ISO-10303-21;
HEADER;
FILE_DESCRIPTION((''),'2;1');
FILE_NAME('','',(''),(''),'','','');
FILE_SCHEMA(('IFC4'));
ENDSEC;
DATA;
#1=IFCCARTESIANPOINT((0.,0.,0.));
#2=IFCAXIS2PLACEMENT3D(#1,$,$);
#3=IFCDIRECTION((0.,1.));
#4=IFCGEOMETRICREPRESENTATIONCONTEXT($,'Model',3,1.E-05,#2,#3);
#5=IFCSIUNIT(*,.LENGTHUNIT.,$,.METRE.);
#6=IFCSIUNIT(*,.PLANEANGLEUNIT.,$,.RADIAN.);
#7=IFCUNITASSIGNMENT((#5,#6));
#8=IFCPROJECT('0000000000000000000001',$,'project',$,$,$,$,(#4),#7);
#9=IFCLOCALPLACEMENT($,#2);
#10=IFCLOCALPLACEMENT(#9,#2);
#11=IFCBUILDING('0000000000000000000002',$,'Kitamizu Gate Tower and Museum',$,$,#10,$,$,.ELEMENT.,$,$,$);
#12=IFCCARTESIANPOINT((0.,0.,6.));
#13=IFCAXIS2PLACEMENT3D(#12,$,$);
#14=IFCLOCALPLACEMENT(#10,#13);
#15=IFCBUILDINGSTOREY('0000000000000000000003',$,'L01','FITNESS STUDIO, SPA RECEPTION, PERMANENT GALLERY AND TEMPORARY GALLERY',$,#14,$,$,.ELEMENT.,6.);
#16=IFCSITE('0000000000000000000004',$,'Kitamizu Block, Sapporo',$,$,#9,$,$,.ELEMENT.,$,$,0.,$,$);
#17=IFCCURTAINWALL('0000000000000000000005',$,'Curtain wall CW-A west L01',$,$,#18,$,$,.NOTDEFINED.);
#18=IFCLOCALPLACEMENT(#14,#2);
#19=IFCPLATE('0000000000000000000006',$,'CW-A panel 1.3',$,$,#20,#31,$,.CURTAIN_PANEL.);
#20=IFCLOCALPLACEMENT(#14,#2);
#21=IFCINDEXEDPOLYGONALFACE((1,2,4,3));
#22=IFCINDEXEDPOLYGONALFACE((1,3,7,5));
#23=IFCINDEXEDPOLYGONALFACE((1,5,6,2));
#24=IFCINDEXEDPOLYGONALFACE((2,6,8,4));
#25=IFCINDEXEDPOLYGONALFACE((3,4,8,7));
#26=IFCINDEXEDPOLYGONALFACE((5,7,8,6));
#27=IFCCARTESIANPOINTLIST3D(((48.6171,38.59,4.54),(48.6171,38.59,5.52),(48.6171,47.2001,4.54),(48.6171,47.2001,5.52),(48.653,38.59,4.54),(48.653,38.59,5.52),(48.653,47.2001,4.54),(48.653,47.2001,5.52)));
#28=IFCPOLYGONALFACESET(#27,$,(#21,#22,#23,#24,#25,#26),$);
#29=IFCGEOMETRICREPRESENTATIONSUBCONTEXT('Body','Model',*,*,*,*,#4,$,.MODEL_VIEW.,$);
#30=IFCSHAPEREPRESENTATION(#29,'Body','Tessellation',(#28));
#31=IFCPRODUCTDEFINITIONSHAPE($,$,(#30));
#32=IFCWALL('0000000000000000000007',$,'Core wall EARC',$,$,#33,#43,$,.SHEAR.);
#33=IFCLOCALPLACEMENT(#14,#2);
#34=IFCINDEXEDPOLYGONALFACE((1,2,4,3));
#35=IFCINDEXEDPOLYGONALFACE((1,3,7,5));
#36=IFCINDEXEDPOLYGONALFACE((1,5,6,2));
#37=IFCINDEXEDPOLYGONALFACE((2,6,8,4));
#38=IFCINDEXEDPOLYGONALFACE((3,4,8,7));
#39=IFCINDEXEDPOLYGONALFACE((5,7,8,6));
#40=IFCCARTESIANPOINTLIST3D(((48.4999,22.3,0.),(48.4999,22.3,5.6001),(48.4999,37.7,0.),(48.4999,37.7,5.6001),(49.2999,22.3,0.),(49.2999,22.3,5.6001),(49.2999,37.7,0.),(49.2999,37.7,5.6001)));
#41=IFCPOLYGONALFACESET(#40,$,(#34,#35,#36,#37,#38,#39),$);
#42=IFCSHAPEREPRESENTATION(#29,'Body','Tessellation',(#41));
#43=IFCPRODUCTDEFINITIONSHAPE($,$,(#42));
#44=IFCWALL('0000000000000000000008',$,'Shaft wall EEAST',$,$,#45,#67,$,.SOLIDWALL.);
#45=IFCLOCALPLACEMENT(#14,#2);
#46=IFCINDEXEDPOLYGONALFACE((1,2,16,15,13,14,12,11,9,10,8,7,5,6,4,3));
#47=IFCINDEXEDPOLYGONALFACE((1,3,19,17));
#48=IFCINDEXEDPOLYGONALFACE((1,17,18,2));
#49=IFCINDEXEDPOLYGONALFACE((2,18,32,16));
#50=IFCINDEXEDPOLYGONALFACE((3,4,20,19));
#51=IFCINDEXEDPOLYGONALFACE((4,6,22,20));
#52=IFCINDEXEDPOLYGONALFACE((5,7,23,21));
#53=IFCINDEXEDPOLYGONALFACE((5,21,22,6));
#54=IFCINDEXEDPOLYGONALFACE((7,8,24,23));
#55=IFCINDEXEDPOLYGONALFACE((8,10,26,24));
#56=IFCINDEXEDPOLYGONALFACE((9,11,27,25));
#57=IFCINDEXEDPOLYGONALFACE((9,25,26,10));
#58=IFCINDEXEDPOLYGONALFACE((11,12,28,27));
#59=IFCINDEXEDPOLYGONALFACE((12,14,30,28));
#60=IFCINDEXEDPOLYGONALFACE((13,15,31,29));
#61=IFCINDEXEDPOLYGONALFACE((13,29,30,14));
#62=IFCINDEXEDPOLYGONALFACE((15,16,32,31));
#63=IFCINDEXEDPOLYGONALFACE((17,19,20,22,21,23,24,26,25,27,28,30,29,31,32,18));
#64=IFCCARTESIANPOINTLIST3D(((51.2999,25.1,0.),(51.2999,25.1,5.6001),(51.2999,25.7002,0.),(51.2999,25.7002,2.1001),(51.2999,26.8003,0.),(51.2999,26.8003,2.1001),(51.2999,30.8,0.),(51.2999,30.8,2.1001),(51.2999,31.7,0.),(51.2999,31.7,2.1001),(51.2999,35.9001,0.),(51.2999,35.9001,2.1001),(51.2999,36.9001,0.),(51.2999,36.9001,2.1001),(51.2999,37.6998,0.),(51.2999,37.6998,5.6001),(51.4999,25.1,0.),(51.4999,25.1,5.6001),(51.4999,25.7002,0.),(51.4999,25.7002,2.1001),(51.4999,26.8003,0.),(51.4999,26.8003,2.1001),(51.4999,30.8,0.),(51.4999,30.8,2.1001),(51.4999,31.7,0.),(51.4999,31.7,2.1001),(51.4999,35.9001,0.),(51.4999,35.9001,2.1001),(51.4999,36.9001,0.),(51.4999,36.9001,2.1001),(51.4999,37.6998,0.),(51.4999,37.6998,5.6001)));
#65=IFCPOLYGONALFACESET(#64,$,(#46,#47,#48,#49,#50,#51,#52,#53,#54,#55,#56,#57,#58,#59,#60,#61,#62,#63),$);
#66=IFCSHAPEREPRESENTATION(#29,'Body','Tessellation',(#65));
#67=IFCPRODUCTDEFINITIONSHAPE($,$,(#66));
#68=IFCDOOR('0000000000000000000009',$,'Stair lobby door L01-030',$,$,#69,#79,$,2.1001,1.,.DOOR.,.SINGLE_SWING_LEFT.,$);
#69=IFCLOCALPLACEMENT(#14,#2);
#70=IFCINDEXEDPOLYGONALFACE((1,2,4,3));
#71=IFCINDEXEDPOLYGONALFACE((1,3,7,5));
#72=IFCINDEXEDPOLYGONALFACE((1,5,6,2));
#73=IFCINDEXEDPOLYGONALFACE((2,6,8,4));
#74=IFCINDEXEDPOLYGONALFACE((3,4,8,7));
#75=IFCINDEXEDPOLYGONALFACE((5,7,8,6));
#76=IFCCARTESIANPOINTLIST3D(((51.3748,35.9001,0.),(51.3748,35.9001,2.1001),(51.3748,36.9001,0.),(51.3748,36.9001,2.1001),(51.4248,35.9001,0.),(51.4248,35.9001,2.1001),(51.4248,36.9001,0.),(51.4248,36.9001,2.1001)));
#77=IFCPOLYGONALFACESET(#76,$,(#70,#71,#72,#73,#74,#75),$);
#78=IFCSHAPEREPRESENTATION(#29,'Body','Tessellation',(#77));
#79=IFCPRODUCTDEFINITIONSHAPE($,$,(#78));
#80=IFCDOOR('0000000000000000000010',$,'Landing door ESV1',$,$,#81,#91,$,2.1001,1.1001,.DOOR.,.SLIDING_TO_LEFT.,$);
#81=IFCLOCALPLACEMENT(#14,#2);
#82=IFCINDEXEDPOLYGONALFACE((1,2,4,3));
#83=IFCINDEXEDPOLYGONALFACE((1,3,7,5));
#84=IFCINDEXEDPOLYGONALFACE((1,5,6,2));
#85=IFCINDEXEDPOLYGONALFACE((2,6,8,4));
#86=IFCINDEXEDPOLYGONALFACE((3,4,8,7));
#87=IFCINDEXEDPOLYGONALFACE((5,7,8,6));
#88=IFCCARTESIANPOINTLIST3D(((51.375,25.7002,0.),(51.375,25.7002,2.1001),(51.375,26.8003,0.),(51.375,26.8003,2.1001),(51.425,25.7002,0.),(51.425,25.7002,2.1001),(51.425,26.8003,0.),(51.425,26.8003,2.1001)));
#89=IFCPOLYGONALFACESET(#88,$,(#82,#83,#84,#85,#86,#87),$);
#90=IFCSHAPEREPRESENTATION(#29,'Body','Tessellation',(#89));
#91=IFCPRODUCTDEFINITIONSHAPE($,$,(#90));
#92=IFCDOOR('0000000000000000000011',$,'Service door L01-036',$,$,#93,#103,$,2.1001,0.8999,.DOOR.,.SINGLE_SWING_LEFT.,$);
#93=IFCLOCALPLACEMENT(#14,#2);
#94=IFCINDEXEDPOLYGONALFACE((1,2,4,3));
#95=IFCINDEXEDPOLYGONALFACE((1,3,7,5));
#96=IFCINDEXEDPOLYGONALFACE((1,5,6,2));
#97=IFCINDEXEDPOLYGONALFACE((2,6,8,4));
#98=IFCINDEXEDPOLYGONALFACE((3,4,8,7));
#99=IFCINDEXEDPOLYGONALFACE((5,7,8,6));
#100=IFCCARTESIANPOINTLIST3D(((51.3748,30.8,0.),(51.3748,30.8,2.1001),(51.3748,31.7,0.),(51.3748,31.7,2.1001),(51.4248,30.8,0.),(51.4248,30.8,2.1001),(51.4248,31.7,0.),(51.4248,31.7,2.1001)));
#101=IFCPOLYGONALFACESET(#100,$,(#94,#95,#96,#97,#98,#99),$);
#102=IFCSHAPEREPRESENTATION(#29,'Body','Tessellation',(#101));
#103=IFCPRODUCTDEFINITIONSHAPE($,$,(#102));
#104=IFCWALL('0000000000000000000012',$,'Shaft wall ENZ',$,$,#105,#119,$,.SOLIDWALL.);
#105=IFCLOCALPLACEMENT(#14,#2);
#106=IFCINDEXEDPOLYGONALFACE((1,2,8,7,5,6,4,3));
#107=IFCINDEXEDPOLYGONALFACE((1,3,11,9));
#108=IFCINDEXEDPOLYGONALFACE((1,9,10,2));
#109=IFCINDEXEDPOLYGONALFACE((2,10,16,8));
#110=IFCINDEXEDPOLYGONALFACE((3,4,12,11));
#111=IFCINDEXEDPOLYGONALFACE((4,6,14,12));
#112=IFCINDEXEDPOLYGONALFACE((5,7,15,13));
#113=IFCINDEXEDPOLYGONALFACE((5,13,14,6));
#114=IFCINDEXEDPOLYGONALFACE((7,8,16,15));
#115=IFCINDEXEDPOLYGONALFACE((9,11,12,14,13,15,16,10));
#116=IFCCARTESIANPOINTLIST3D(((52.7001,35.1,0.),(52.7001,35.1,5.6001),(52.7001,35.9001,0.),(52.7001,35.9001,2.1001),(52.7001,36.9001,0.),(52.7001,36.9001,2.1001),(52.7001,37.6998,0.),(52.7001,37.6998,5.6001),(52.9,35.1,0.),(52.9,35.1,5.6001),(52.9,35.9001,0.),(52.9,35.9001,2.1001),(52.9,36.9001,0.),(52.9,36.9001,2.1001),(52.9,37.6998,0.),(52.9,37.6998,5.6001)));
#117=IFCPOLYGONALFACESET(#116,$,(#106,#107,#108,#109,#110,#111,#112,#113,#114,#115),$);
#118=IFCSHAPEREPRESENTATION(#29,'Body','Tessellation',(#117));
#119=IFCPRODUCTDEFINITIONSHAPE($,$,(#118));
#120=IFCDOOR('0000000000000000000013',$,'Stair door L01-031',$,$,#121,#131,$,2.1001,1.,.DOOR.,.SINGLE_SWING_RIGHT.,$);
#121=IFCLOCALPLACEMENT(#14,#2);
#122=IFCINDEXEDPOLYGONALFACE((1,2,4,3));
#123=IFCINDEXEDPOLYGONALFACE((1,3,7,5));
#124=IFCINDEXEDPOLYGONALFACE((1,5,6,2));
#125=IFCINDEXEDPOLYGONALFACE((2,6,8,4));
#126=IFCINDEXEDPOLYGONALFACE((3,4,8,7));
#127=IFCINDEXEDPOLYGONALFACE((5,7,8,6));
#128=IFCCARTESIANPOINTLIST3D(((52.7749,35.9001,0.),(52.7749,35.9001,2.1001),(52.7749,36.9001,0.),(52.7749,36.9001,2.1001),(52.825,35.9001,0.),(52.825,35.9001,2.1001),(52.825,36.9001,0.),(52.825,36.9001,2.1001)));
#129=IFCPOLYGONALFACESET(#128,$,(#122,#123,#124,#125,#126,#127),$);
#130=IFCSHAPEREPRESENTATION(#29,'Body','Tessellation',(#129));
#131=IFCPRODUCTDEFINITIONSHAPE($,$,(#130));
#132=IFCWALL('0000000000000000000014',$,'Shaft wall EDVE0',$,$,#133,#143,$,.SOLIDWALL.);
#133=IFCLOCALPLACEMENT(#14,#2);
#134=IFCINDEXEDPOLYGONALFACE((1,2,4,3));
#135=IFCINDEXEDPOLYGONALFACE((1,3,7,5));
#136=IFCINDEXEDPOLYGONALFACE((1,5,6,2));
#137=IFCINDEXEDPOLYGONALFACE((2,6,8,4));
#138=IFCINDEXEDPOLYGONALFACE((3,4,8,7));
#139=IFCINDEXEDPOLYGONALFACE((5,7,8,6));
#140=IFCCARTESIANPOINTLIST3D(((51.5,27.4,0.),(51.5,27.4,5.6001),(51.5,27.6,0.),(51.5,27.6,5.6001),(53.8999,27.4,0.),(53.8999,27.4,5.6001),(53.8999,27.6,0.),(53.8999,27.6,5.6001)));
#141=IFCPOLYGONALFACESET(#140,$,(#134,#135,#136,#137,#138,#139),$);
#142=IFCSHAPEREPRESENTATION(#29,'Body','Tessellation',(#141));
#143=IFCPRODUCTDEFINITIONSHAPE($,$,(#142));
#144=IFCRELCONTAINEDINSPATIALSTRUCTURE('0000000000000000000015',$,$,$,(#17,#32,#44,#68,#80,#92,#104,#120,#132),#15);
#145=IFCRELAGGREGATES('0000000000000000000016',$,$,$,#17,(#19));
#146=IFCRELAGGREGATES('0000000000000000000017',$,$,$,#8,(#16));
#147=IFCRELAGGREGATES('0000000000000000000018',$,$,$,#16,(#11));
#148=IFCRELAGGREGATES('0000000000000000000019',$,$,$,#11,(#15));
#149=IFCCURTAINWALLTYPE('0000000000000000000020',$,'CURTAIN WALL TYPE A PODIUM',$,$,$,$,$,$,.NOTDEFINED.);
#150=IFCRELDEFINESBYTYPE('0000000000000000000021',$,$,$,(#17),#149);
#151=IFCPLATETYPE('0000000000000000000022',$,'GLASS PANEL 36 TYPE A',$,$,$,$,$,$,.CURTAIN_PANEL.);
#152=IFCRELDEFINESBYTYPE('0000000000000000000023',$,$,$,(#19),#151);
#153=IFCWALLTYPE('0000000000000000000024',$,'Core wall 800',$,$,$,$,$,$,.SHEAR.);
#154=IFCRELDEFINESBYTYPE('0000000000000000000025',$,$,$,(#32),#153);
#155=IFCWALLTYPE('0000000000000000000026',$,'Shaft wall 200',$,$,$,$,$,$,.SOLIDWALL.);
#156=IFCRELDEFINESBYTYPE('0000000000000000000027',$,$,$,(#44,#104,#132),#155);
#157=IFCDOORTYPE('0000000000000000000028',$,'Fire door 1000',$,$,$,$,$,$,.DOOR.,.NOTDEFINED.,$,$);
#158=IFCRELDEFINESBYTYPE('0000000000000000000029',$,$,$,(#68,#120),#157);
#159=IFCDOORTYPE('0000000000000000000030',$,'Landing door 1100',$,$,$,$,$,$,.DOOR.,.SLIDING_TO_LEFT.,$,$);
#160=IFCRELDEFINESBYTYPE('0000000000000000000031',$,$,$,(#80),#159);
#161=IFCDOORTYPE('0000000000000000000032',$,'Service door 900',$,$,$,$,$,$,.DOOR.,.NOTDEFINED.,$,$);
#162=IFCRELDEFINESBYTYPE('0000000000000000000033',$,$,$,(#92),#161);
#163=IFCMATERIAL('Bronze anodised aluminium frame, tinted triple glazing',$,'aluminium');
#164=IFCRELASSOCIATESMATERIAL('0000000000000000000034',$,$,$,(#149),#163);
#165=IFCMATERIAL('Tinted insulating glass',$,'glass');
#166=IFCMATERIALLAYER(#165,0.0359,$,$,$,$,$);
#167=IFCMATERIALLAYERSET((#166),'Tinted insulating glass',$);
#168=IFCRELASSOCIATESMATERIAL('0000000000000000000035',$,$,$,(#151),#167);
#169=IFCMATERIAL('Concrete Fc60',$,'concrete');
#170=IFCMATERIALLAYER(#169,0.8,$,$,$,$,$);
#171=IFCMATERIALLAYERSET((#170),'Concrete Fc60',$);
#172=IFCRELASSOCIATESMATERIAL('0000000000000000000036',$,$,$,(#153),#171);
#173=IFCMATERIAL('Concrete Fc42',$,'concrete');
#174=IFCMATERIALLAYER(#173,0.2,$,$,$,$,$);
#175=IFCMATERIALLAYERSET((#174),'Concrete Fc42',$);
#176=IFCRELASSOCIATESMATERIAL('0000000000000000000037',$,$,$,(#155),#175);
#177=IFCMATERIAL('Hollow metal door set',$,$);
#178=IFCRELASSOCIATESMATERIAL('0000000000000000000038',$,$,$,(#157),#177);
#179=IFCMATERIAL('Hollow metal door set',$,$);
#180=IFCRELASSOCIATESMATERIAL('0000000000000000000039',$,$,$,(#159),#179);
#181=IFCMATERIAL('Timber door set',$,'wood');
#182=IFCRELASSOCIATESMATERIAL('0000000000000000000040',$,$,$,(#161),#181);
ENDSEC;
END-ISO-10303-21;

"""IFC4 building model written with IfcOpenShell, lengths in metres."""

from ifc_helpers import new_model, si_unit, direction, frame, frame_2d, origin, origin_2d, place, context, subcontext, project, spatial, rectangle, extrude, material, layer, layer_set, type_object, element, fill, aggregate, save


model = new_model("IFC4")

# Units and contexts
model_context = context("Model", 3, precision=1e-05, world=origin(), true_north=direction((0.0, 1.0)))
body_context = subcontext(model_context, "Body", "Model", "MODEL_VIEW")
ifc_project = project(units=[si_unit("LENGTHUNIT", "METRE"), si_unit("PLANEANGLEUNIT", "RADIAN")], contexts=[model_context])

# Site, building, storey
site_placement = place(None, origin())
site = spatial("IfcSite", under=ifc_project, at=site_placement, Name="Kitamizu Block, Sapporo", CompositionType="ELEMENT", RefElevation=0.0)
building_placement = place(site_placement, origin())
building = spatial("IfcBuilding", under=site, at=building_placement, Name="Kitamizu Gate Tower and Museum", CompositionType="ELEMENT")
storey_placement = place(building_placement, frame((0.0, 0.0, 6.0)))
storey = spatial("IfcBuildingStorey", under=building, at=storey_placement, Name="L01", Description="FITNESS STUDIO, SPA RECEPTION, PERMANENT GALLERY AND TEMPORARY GALLERY", CompositionType="ELEMENT", Elevation=6.0)

# Curtain wall
ifc_material_1 = material(Name="Bronze anodised aluminium frame, tinted triple glazing", Category="aluminium")
curtain_wall_type_1 = type_object("IfcCurtainWallType", Name="CURTAIN WALL TYPE A PODIUM", PredefinedType="NOTDEFINED", material=ifc_material_1)
curtain_wall_1_placement = place(storey_placement, origin())
curtain_wall_1 = element("IfcCurtainWall", 1, at=curtain_wall_1_placement, inside=storey, type_object=curtain_wall_type_1, Name="Curtain wall CW-A west L01", PredefinedType="NOTDEFINED")

# Plate
ifc_material_2 = material(Name="Tinted insulating glass", Category="glass")
ifc_layer_1 = layer(ifc_material_2, 0.0359)
ifc_layer_set_1 = layer_set([ifc_layer_1], Name="Tinted insulating glass")
plate_type_1 = type_object("IfcPlateType", Name="GLASS PANEL 36 TYPE A", PredefinedType="CURTAIN_PANEL", material=ifc_layer_set_1)
plate_1_placement = place(storey_placement, frame((48.635, 42.895, 4.54), z_axis=(0.0, 0.0, 1.0), x_axis=(0.0, 1.0, 0.0)))
plate_1 = element("IfcPlate", 2, at=plate_1_placement, type_object=plate_type_1, Name="CW-A panel 1.3", PredefinedType="CURTAIN_PANEL", context=body_context, shape_type="SweptSolid", body=[
    extrude(rectangle(XDim=8.6101, YDim=0.0359, at=origin_2d()), origin(), (0.0, 0.0, 1.0), 0.98),
])
aggregate(curtain_wall_1, [plate_1])

# Wall
ifc_material_3 = material(Name="Concrete Fc60", Category="concrete")
ifc_layer_2 = layer(ifc_material_3, 0.8)
ifc_layer_set_2 = layer_set([ifc_layer_2], Name="Concrete Fc60")
wall_type_1 = type_object("IfcWallType", Name="Core wall 800", PredefinedType="SHEAR", material=ifc_layer_set_2)
wall_1_placement = place(storey_placement, frame((48.8999, 22.3, 0.0), z_axis=(0.0, 0.0, 1.0), x_axis=(0.0, 1.0, 0.0)))
element("IfcWall", 3, at=wall_1_placement, inside=storey, type_object=wall_type_1, Name="Core wall EARC", PredefinedType="SHEAR", context=body_context, shape_type="SweptSolid", body=[
    extrude(rectangle(XDim=15.3999, YDim=0.8, at=frame_2d((7.7, 0.0))), origin(), (0.0, 0.0, 1.0), 5.6001),
])

# Wall, openings, doors
ifc_material_4 = material(Name="Concrete Fc42", Category="concrete")
ifc_layer_3 = layer(ifc_material_4, 0.2)
ifc_layer_set_3 = layer_set([ifc_layer_3], Name="Concrete Fc42")
wall_type_2 = type_object("IfcWallType", Name="Shaft wall 200", PredefinedType="SOLIDWALL", material=ifc_layer_set_3)
wall_2_placement = place(storey_placement, frame((51.3999, 25.1001, 0.0), z_axis=(0.0, 0.0, 1.0), x_axis=(0.0, 1.0, 0.0)))
wall_2 = element("IfcWall", 4, at=wall_2_placement, inside=storey, type_object=wall_type_2, Name="Shaft wall EEAST", PredefinedType="SOLIDWALL", context=body_context, shape_type="SweptSolid", body=[
    extrude(rectangle(XDim=12.5999, YDim=0.2, at=frame_2d((6.2998, 0.0))), origin(), (0.0, 0.0, 1.0), 5.6001),
])
opening_1_placement = place(wall_2_placement, frame((0.6001, 0.0, 0.0)))
opening_1 = element("IfcOpeningElement", 5, at=opening_1_placement, cuts=wall_2, PredefinedType="OPENING", context=body_context, shape_type="SweptSolid", body=[
    extrude(rectangle(XDim=1.1001, YDim=2.1001, at=frame_2d((0.55, 1.05))), frame((0.0, 0.1099, 0.0), z_axis=(0.0, -1.0, 0.0), x_axis=(1.0, 0.0, 0.0)), (0.0, 0.0, 1.0), 0.22),
])
opening_2_placement = place(wall_2_placement, frame((10.8, 0.0, 0.0)))
opening_2 = element("IfcOpeningElement", 6, at=opening_2_placement, cuts=wall_2, PredefinedType="OPENING", context=body_context, shape_type="SweptSolid", body=[
    extrude(rectangle(XDim=1.0, YDim=2.1001, at=frame_2d((0.5, 1.05))), frame((0.0, 0.1099, 0.0), z_axis=(0.0, -1.0, 0.0), x_axis=(1.0, 0.0, 0.0)), (0.0, 0.0, 1.0), 0.22),
])
opening_3_placement = place(wall_2_placement, frame((5.7, 0.0, 0.0)))
opening_3 = element("IfcOpeningElement", 7, at=opening_3_placement, cuts=wall_2, PredefinedType="OPENING", context=body_context, shape_type="SweptSolid", body=[
    extrude(rectangle(XDim=0.8999, YDim=2.1001, at=frame_2d((0.45, 1.05))), frame((0.0, 0.1099, 0.0), z_axis=(0.0, -1.0, 0.0), x_axis=(1.0, 0.0, 0.0)), (0.0, 0.0, 1.0), 0.22),
])
ifc_material_5 = material(Name="Hollow metal door set")
door_type_1 = type_object("IfcDoorType", Name="Fire door 1000", OperationType="NOTDEFINED", PredefinedType="DOOR", material=ifc_material_5)
door_1_placement = place(opening_2_placement, frame((1.0, 0.0, 0.0), x_axis=(-1.0, 0.0, 0.0)))
door_1 = element("IfcDoor", 8, at=door_1_placement, inside=storey, type_object=door_type_1, Name="Stair lobby door L01-030", OperationType="SINGLE_SWING_LEFT", OverallHeight=2.1001, OverallWidth=1.0, PredefinedType="DOOR", context=body_context, shape_type="SweptSolid", body=[
    extrude(rectangle(XDim=1.0, YDim=2.1001, at=frame_2d((0.5, 1.05))), frame((0.0, 0.0249, 0.0), z_axis=(0.0, -1.0, 0.0), x_axis=(1.0, 0.0, 0.0)), (0.0, 0.0, 1.0), 0.05),
])
fill(opening_2, door_1)
ifc_material_6 = material(Name="Hollow metal door set")
door_type_2 = type_object("IfcDoorType", Name="Landing door 1100", OperationType="SLIDING_TO_LEFT", PredefinedType="DOOR", material=ifc_material_6)
door_2_placement = place(opening_1_placement, origin())
door_2 = element("IfcDoor", 9, at=door_2_placement, inside=storey, type_object=door_type_2, Name="Landing door ESV1", OperationType="SLIDING_TO_LEFT", OverallHeight=2.1001, OverallWidth=1.1001, PredefinedType="DOOR", context=body_context, shape_type="SweptSolid", body=[
    extrude(rectangle(XDim=1.1001, YDim=2.1001, at=frame_2d((0.55, 1.05))), frame((0.0, 0.0249, 0.0), z_axis=(0.0, -1.0, 0.0), x_axis=(1.0, 0.0, 0.0)), (0.0, 0.0, 1.0), 0.05),
])
fill(opening_1, door_2)
ifc_material_7 = material(Name="Timber door set", Category="wood")
door_type_3 = type_object("IfcDoorType", Name="Service door 900", OperationType="NOTDEFINED", PredefinedType="DOOR", material=ifc_material_7)
door_3_placement = place(opening_3_placement, frame((0.8999, 0.0, 0.0), x_axis=(-1.0, 0.0, 0.0)))
door_3 = element("IfcDoor", 10, at=door_3_placement, inside=storey, type_object=door_type_3, Name="Service door L01-036", OperationType="SINGLE_SWING_LEFT", OverallHeight=2.1001, OverallWidth=0.8999, PredefinedType="DOOR", context=body_context, shape_type="SweptSolid", body=[
    extrude(rectangle(XDim=0.8999, YDim=2.1001, at=frame_2d((0.45, 1.05))), frame((0.0, 0.0249, 0.0), z_axis=(0.0, -1.0, 0.0), x_axis=(1.0, 0.0, 0.0)), (0.0, 0.0, 1.0), 0.05),
])
fill(opening_3, door_3)

# Wall, opening, door
wall_3_placement = place(storey_placement, frame((52.8, 35.1001, 0.0), z_axis=(0.0, 0.0, 1.0), x_axis=(0.0, 1.0, 0.0)))
wall_3 = element("IfcWall", 11, at=wall_3_placement, inside=storey, type_object=wall_type_2, Name="Shaft wall ENZ", PredefinedType="SOLIDWALL", context=body_context, shape_type="SweptSolid", body=[
    extrude(rectangle(XDim=2.5999, YDim=0.2, at=frame_2d((1.2998, 0.0))), origin(), (0.0, 0.0, 1.0), 5.6001),
])
opening_4_placement = place(wall_3_placement, frame((0.8, 0.0, 0.0)))
opening_4 = element("IfcOpeningElement", 12, at=opening_4_placement, cuts=wall_3, PredefinedType="OPENING", context=body_context, shape_type="SweptSolid", body=[
    extrude(rectangle(XDim=1.0, YDim=2.1001, at=frame_2d((0.5, 1.05))), frame((0.0, 0.1099, 0.0), z_axis=(0.0, -1.0, 0.0), x_axis=(1.0, 0.0, 0.0)), (0.0, 0.0, 1.0), 0.22),
])
door_4_placement = place(opening_4_placement, frame((1.0, 0.0, 0.0), x_axis=(-1.0, 0.0, 0.0)))
door_4 = element("IfcDoor", 13, at=door_4_placement, inside=storey, type_object=door_type_1, Name="Stair door L01-031", OperationType="SINGLE_SWING_RIGHT", OverallHeight=2.1001, OverallWidth=1.0, PredefinedType="DOOR", context=body_context, shape_type="SweptSolid", body=[
    extrude(rectangle(XDim=1.0, YDim=2.1001, at=frame_2d((0.5, 1.05))), frame((0.0, 0.0249, 0.0), z_axis=(0.0, -1.0, 0.0), x_axis=(1.0, 0.0, 0.0)), (0.0, 0.0, 1.0), 0.05),
])
fill(opening_4, door_4)

# Wall
wall_4_placement = place(storey_placement, frame((53.8999, 27.5, 0.0), z_axis=(0.0, 0.0, 1.0), x_axis=(-1.0, 0.0, 0.0)))
element("IfcWall", 14, at=wall_4_placement, inside=storey, type_object=wall_type_2, Name="Shaft wall EDVE0", PredefinedType="SOLIDWALL", context=body_context, shape_type="SweptSolid", body=[
    extrude(rectangle(XDim=2.3999, YDim=0.2, at=frame_2d((1.2, 0.0))), origin(), (0.0, 0.0, 1.0), 5.6001),
])

save(model, "model.ifc")
